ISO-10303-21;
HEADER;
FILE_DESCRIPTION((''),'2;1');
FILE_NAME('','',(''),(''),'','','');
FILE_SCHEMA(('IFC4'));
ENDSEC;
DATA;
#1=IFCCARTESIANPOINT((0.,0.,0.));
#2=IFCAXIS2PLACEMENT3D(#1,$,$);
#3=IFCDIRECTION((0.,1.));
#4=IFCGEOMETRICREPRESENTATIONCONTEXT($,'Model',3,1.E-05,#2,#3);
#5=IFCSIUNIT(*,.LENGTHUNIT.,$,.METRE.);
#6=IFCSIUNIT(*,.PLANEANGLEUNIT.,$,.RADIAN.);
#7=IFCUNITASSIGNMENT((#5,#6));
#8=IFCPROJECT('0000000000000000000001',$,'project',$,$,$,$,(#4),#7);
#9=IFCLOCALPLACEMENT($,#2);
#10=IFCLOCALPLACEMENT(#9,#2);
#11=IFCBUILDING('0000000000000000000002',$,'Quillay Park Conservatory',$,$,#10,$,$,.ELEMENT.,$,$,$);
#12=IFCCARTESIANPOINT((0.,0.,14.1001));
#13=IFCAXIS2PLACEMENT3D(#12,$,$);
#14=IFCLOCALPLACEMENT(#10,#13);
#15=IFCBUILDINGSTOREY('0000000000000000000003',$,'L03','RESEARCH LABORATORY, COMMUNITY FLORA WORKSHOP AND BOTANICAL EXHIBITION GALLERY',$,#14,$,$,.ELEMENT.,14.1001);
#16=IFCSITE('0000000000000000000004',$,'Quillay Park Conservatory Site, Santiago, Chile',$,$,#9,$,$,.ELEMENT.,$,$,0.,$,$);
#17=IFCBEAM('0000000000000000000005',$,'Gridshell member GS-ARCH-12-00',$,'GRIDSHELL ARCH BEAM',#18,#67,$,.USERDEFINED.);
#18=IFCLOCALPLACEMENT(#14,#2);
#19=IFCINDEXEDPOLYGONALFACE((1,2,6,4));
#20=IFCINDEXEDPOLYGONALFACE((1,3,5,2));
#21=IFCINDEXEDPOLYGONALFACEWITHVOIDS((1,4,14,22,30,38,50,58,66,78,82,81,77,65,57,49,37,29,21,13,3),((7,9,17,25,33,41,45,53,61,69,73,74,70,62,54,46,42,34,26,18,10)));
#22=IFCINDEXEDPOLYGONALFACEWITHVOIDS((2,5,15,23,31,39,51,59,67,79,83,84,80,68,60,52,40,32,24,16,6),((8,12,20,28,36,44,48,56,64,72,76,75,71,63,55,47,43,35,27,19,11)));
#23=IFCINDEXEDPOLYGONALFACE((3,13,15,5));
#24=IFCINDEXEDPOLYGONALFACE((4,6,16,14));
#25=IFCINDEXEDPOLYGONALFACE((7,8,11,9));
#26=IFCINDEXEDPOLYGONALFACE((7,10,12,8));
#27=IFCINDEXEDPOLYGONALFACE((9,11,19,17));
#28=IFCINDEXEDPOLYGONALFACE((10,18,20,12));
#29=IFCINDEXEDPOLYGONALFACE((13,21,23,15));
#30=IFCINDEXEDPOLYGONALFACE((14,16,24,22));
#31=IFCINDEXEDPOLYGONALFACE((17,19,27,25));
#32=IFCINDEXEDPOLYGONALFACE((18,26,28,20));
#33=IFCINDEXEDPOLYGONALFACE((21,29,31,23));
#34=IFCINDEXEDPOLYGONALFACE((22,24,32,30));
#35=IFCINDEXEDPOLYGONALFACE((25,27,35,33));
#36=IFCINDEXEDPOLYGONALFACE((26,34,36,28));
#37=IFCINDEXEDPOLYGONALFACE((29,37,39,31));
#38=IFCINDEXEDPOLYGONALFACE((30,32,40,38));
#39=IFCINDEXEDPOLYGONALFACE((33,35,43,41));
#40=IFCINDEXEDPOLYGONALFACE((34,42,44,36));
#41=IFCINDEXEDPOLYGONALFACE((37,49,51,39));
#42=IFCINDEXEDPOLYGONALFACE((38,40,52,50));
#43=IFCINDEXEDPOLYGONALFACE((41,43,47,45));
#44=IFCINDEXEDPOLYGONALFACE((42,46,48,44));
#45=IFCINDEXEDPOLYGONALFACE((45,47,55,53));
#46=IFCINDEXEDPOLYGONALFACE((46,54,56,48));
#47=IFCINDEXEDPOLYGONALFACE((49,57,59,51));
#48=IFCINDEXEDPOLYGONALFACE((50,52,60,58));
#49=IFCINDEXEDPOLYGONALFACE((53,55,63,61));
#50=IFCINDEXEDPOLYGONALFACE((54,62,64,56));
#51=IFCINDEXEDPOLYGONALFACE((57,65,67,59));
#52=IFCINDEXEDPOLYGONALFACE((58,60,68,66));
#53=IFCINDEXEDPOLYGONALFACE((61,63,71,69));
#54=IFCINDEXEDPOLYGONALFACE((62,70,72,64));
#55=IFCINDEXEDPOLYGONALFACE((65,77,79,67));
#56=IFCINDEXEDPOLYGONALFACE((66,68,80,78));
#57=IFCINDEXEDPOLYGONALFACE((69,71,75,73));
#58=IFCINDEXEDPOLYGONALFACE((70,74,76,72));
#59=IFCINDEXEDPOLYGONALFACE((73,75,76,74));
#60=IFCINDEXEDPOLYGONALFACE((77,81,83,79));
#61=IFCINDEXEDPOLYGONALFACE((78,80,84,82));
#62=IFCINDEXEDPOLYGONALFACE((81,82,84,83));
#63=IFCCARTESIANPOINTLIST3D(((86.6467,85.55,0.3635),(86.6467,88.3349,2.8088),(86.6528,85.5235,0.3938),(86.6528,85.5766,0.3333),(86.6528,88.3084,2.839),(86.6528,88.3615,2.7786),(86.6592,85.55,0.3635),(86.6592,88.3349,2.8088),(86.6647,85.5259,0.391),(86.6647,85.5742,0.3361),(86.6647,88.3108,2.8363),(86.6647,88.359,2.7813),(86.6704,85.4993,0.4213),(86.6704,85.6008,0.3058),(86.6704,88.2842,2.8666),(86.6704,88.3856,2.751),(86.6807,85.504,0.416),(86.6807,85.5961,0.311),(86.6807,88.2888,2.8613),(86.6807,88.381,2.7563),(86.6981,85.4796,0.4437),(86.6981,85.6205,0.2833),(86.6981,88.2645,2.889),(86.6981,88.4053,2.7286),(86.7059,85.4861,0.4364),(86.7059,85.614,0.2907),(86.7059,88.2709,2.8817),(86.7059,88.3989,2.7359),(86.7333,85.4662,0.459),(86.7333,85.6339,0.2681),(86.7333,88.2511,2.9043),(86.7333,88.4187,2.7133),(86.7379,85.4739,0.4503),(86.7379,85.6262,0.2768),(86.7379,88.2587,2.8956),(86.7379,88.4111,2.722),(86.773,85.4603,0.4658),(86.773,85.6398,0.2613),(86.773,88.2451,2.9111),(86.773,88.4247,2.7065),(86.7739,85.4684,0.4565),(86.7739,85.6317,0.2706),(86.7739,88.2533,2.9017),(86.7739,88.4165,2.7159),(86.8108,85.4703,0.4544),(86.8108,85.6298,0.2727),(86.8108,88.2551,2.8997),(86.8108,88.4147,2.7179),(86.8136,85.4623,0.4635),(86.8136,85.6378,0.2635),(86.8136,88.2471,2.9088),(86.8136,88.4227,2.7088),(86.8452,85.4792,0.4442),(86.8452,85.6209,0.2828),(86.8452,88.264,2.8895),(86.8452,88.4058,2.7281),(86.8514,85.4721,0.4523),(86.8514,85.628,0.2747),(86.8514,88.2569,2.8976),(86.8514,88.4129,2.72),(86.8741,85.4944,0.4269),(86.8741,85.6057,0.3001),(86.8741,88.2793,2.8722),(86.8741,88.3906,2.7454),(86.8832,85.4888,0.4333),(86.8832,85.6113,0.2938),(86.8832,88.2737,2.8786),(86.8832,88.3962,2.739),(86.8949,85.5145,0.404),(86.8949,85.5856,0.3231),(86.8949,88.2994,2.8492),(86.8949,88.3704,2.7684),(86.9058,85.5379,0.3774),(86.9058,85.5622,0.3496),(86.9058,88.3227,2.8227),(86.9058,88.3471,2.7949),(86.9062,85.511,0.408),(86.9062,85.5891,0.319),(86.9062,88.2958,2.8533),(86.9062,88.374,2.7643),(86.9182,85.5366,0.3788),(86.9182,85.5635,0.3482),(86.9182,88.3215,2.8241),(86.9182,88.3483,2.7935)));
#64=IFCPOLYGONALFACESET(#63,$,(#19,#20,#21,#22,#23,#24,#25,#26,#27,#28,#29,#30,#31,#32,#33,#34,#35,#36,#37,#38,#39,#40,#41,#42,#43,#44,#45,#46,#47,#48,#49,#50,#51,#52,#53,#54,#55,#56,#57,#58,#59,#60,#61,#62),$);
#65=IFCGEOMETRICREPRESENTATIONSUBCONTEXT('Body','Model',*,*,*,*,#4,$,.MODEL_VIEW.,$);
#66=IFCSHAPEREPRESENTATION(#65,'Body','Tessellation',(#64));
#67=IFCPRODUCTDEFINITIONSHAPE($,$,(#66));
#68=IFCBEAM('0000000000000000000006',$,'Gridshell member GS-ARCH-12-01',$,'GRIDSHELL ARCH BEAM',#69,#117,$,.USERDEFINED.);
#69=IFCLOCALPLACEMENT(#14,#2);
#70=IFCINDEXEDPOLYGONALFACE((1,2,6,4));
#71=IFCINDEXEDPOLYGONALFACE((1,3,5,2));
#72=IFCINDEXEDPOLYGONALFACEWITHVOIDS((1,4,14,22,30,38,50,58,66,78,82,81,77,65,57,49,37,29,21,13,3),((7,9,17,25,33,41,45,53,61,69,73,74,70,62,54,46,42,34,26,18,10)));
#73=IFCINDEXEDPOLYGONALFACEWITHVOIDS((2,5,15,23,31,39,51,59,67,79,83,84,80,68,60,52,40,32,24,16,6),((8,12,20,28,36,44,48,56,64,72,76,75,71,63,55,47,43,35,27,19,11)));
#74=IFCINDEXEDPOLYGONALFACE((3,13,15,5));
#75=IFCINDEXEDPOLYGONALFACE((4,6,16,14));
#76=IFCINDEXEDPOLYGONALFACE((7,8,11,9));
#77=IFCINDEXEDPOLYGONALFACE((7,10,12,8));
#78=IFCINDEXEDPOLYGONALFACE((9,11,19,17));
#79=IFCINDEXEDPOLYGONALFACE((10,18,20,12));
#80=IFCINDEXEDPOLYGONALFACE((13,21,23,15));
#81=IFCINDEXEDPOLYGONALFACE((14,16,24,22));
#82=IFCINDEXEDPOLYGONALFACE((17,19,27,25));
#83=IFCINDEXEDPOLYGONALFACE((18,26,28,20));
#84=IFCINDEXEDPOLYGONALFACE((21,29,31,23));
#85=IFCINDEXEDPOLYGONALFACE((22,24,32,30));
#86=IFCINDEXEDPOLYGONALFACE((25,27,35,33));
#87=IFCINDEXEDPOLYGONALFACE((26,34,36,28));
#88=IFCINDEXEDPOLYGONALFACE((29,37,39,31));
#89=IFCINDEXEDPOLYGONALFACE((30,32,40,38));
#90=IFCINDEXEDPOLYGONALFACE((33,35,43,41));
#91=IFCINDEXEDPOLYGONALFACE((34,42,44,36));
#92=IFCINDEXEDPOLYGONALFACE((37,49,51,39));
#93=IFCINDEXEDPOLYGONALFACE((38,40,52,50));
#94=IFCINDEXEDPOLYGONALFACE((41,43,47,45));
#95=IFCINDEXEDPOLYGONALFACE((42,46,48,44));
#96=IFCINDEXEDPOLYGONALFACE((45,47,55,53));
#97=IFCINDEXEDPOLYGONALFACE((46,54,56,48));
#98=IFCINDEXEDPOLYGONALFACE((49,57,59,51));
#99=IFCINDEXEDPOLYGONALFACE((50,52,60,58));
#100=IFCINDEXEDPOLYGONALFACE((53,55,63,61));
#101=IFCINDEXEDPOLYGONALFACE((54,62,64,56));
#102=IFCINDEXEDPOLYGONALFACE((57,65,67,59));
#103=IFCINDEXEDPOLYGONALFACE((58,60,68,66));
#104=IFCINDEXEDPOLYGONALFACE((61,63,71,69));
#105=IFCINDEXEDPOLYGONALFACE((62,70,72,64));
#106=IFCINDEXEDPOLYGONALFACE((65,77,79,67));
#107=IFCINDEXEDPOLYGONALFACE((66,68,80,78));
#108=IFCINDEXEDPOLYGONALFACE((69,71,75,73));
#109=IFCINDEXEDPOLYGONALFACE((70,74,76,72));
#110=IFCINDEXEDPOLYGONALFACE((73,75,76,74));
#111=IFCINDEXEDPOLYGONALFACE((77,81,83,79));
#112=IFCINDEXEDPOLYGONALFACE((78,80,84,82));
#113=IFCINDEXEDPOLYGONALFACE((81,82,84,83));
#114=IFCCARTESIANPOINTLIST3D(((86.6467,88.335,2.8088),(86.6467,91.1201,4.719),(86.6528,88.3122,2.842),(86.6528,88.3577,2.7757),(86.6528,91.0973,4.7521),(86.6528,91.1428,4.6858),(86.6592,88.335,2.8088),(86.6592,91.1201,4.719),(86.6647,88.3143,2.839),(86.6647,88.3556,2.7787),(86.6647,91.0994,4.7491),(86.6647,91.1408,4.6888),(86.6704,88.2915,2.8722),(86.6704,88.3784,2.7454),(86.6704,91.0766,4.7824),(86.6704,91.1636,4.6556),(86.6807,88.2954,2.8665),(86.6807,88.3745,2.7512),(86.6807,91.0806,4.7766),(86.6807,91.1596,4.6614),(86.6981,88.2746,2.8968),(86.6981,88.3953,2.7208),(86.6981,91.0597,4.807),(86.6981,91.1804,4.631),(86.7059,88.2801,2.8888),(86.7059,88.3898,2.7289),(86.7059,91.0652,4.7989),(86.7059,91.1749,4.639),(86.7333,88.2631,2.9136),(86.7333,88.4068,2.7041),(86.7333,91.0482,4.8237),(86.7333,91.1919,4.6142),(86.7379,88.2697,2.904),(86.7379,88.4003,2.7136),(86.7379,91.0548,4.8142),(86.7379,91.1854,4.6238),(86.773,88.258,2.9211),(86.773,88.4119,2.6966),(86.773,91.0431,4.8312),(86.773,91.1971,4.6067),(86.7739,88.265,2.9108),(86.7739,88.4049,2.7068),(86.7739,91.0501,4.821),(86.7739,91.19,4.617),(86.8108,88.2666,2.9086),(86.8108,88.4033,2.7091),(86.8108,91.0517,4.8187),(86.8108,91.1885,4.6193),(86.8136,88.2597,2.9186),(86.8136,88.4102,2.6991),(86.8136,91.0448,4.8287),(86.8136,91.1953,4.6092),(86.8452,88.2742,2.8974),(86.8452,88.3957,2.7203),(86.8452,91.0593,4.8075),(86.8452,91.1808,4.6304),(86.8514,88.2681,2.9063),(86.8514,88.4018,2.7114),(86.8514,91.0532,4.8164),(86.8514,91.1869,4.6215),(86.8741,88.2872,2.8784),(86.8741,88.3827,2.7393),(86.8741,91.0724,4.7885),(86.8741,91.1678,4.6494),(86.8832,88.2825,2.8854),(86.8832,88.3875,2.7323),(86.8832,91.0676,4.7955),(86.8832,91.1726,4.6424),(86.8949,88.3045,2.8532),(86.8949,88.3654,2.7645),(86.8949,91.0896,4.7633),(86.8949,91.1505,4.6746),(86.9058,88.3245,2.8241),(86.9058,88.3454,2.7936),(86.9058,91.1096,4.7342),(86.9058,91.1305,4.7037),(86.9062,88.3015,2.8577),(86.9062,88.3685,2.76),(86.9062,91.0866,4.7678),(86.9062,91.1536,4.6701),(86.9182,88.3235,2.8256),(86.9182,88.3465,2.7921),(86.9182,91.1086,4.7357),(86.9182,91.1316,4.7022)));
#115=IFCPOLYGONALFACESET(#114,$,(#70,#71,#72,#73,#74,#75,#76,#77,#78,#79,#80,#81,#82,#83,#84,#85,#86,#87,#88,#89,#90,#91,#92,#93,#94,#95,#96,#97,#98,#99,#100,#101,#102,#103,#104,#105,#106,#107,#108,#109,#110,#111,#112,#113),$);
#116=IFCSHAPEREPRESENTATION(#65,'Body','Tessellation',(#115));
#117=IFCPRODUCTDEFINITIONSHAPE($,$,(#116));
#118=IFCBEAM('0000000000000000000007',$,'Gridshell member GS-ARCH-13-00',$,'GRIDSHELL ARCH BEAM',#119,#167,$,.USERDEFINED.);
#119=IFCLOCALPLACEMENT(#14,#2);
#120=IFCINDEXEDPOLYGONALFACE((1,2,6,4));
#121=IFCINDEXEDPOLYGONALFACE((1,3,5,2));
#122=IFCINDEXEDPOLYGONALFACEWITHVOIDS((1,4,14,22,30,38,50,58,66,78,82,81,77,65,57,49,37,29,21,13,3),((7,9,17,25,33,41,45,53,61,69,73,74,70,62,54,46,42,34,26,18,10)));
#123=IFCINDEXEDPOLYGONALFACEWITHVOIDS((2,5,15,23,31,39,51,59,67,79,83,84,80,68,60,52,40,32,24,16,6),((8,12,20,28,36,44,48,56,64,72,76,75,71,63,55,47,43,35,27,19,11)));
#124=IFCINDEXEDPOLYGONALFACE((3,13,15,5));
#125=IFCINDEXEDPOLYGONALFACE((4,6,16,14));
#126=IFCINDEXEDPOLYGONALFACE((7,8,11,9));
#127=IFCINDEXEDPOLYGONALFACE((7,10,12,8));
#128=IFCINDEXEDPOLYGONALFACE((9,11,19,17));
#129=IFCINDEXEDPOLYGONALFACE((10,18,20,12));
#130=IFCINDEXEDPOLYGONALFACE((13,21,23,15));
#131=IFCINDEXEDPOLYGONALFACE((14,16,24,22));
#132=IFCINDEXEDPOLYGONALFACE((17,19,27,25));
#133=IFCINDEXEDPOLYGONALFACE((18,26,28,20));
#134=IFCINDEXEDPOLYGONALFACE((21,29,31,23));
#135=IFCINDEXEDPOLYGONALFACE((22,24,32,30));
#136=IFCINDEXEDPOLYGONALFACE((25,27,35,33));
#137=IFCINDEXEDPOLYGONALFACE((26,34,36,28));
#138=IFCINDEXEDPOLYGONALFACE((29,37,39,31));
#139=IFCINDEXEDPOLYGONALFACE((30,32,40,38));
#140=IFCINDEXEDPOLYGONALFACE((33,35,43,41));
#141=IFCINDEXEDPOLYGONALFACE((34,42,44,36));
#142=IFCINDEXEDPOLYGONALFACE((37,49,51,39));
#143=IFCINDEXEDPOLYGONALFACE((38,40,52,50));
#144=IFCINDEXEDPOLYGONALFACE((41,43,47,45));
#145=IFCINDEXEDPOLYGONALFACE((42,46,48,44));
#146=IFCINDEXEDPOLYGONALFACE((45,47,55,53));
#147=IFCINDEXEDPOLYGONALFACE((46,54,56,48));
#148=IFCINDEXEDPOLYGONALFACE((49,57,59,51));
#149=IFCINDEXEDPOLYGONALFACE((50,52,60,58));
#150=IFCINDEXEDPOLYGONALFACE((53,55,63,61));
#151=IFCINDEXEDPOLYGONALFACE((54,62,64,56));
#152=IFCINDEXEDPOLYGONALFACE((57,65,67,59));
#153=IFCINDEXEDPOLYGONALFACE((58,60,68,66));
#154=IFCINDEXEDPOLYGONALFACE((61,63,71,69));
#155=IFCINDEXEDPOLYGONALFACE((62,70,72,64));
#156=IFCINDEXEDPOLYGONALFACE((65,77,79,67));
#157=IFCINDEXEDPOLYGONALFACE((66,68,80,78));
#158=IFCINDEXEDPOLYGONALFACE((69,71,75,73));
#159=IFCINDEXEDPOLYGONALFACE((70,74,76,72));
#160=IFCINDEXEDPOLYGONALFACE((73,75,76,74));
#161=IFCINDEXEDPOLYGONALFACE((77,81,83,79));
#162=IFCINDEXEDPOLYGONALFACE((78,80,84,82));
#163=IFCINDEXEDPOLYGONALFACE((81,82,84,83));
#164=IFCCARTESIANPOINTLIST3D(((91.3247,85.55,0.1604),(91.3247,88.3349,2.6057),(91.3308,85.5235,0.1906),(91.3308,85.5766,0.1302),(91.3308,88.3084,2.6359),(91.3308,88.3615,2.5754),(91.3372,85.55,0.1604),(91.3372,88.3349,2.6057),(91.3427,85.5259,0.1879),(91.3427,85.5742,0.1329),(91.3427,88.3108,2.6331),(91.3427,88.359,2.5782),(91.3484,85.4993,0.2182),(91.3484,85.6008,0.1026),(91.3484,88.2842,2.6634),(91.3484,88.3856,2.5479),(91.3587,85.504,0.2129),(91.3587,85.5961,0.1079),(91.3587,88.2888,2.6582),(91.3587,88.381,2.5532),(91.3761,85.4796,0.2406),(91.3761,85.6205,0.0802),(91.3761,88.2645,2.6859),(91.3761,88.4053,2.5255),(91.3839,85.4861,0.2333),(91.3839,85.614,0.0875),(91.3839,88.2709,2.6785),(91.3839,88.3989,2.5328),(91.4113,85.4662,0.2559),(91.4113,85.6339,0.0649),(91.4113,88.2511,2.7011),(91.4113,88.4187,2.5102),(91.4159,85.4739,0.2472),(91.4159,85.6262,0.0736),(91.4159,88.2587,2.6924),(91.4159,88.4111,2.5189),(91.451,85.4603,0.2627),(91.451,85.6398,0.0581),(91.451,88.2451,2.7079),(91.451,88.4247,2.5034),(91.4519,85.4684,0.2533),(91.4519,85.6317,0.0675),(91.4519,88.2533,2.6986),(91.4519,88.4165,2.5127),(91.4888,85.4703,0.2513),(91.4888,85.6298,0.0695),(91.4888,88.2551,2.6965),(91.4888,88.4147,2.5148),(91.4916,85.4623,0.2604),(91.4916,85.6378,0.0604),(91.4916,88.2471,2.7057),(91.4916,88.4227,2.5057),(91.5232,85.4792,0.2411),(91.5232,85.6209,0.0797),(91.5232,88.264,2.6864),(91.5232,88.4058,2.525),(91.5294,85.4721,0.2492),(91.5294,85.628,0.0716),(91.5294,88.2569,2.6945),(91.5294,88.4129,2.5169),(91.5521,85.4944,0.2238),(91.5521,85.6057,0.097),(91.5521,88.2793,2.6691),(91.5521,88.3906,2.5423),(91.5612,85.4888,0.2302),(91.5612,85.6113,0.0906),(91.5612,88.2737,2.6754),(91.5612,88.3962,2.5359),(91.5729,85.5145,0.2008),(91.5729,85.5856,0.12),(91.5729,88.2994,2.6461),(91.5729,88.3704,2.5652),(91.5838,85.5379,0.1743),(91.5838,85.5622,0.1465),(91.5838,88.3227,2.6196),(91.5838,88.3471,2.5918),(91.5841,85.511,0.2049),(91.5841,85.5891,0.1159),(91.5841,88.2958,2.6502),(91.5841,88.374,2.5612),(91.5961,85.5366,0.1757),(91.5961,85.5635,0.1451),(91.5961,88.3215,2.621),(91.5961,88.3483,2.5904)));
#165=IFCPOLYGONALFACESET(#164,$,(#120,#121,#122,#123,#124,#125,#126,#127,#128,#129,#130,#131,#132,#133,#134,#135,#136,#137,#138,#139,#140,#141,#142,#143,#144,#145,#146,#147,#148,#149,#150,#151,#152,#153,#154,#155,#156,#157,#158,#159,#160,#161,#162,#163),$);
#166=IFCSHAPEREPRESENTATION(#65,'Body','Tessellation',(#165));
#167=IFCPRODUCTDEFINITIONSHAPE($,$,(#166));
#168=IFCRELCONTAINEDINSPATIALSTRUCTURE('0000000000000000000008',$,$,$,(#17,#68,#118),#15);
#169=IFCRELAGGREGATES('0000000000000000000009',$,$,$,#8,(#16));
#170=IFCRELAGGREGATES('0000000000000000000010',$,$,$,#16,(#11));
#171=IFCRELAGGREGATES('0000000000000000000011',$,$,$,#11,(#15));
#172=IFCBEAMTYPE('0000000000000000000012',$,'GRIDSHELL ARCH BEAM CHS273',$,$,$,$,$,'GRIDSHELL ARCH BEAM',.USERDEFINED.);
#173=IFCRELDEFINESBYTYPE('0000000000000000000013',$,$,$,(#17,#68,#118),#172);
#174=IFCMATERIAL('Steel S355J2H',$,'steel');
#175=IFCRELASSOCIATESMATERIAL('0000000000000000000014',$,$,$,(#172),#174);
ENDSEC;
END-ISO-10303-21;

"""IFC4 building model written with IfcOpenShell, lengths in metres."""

from ifc_helpers import new_model, si_unit, direction, frame, origin, origin_2d, place, context, subcontext, project, spatial, hollow_circle, extrude, material, material_profile, profile_set, type_object, element, save


model = new_model("IFC4")

# Units and contexts
model_context = context("Model", 3, precision=1e-05, world=origin(), true_north=direction((0.0, 1.0)))
body_context = subcontext(model_context, "Body", "Model", "MODEL_VIEW")
ifc_project = project(units=[si_unit("LENGTHUNIT", "METRE"), si_unit("PLANEANGLEUNIT", "RADIAN")], contexts=[model_context])

# Site, building, storey
site_placement = place(None, origin())
site = spatial("IfcSite", under=ifc_project, at=site_placement, Name="Quillay Park Conservatory Site, Santiago, Chile", CompositionType="ELEMENT", RefElevation=0.0)
building_placement = place(site_placement, origin())
building = spatial("IfcBuilding", under=site, at=building_placement, Name="Quillay Park Conservatory", CompositionType="ELEMENT")
storey_placement = place(building_placement, frame((0.0, 0.0, 14.1001)))
storey = spatial("IfcBuildingStorey", under=building, at=storey_placement, Name="L03", Description="RESEARCH LABORATORY, COMMUNITY FLORA WORKSHOP AND BOTANICAL EXHIBITION GALLERY", CompositionType="ELEMENT", Elevation=14.1001)

# Beams
ifc_material_1 = material(Name="Steel S355J2H", Category="steel")
ifc_material_profile_1 = material_profile(ifc_material_1, hollow_circle(Radius=0.1365, WallThickness=0.0125, at=origin_2d()), Name="CHS273x12.5")
ifc_profile_set_1 = profile_set([ifc_material_profile_1], Name="Steel S355J2H")
beam_type = type_object("IfcBeamType", Name="GRIDSHELL ARCH BEAM CHS273", ElementType="GRIDSHELL ARCH BEAM", PredefinedType="USERDEFINED", material=ifc_profile_set_1)
beam_1_placement = place(storey_placement, frame((86.7832, 85.55, 0.3635), z_axis=(0.0, 0.751437, 0.659805), x_axis=(-1.0, 0.0, 0.0)))
element("IfcBeam", 1, at=beam_1_placement, inside=storey, type_object=beam_type, Name="Gridshell member GS-ARCH-12-00", ObjectType="GRIDSHELL ARCH BEAM", PredefinedType="USERDEFINED", context=body_context, shape_type="SweptSolid", body=[
    extrude(hollow_circle(Radius=0.1365, WallThickness=0.0125, at=origin_2d()), origin(), (0.0, 0.0, 1.0), 3.7061),
])
beam_2_placement = place(storey_placement, frame((86.7832, 88.335, 2.8088), z_axis=(0.0, 0.824683, 0.565596), x_axis=(-1.0, 0.0, 0.0)))
element("IfcBeam", 2, at=beam_2_placement, inside=storey, type_object=beam_type, Name="Gridshell member GS-ARCH-12-01", ObjectType="GRIDSHELL ARCH BEAM", PredefinedType="USERDEFINED", context=body_context, shape_type="SweptSolid", body=[
    extrude(hollow_circle(Radius=0.1365, WallThickness=0.0125, at=origin_2d()), origin(), (0.0, 0.0, 1.0), 3.3772),
])
beam_3_placement = place(storey_placement, frame((91.4612, 85.55, 0.1604), z_axis=(0.0, 0.751437, 0.659805), x_axis=(-1.0, 0.0, 0.0)))
element("IfcBeam", 3, at=beam_3_placement, inside=storey, type_object=beam_type, Name="Gridshell member GS-ARCH-13-00", ObjectType="GRIDSHELL ARCH BEAM", PredefinedType="USERDEFINED", context=body_context, shape_type="SweptSolid", body=[
    extrude(hollow_circle(Radius=0.1365, WallThickness=0.0125, at=origin_2d()), origin(), (0.0, 0.0, 1.0), 3.7061),
])

save(model, "model.ifc")
